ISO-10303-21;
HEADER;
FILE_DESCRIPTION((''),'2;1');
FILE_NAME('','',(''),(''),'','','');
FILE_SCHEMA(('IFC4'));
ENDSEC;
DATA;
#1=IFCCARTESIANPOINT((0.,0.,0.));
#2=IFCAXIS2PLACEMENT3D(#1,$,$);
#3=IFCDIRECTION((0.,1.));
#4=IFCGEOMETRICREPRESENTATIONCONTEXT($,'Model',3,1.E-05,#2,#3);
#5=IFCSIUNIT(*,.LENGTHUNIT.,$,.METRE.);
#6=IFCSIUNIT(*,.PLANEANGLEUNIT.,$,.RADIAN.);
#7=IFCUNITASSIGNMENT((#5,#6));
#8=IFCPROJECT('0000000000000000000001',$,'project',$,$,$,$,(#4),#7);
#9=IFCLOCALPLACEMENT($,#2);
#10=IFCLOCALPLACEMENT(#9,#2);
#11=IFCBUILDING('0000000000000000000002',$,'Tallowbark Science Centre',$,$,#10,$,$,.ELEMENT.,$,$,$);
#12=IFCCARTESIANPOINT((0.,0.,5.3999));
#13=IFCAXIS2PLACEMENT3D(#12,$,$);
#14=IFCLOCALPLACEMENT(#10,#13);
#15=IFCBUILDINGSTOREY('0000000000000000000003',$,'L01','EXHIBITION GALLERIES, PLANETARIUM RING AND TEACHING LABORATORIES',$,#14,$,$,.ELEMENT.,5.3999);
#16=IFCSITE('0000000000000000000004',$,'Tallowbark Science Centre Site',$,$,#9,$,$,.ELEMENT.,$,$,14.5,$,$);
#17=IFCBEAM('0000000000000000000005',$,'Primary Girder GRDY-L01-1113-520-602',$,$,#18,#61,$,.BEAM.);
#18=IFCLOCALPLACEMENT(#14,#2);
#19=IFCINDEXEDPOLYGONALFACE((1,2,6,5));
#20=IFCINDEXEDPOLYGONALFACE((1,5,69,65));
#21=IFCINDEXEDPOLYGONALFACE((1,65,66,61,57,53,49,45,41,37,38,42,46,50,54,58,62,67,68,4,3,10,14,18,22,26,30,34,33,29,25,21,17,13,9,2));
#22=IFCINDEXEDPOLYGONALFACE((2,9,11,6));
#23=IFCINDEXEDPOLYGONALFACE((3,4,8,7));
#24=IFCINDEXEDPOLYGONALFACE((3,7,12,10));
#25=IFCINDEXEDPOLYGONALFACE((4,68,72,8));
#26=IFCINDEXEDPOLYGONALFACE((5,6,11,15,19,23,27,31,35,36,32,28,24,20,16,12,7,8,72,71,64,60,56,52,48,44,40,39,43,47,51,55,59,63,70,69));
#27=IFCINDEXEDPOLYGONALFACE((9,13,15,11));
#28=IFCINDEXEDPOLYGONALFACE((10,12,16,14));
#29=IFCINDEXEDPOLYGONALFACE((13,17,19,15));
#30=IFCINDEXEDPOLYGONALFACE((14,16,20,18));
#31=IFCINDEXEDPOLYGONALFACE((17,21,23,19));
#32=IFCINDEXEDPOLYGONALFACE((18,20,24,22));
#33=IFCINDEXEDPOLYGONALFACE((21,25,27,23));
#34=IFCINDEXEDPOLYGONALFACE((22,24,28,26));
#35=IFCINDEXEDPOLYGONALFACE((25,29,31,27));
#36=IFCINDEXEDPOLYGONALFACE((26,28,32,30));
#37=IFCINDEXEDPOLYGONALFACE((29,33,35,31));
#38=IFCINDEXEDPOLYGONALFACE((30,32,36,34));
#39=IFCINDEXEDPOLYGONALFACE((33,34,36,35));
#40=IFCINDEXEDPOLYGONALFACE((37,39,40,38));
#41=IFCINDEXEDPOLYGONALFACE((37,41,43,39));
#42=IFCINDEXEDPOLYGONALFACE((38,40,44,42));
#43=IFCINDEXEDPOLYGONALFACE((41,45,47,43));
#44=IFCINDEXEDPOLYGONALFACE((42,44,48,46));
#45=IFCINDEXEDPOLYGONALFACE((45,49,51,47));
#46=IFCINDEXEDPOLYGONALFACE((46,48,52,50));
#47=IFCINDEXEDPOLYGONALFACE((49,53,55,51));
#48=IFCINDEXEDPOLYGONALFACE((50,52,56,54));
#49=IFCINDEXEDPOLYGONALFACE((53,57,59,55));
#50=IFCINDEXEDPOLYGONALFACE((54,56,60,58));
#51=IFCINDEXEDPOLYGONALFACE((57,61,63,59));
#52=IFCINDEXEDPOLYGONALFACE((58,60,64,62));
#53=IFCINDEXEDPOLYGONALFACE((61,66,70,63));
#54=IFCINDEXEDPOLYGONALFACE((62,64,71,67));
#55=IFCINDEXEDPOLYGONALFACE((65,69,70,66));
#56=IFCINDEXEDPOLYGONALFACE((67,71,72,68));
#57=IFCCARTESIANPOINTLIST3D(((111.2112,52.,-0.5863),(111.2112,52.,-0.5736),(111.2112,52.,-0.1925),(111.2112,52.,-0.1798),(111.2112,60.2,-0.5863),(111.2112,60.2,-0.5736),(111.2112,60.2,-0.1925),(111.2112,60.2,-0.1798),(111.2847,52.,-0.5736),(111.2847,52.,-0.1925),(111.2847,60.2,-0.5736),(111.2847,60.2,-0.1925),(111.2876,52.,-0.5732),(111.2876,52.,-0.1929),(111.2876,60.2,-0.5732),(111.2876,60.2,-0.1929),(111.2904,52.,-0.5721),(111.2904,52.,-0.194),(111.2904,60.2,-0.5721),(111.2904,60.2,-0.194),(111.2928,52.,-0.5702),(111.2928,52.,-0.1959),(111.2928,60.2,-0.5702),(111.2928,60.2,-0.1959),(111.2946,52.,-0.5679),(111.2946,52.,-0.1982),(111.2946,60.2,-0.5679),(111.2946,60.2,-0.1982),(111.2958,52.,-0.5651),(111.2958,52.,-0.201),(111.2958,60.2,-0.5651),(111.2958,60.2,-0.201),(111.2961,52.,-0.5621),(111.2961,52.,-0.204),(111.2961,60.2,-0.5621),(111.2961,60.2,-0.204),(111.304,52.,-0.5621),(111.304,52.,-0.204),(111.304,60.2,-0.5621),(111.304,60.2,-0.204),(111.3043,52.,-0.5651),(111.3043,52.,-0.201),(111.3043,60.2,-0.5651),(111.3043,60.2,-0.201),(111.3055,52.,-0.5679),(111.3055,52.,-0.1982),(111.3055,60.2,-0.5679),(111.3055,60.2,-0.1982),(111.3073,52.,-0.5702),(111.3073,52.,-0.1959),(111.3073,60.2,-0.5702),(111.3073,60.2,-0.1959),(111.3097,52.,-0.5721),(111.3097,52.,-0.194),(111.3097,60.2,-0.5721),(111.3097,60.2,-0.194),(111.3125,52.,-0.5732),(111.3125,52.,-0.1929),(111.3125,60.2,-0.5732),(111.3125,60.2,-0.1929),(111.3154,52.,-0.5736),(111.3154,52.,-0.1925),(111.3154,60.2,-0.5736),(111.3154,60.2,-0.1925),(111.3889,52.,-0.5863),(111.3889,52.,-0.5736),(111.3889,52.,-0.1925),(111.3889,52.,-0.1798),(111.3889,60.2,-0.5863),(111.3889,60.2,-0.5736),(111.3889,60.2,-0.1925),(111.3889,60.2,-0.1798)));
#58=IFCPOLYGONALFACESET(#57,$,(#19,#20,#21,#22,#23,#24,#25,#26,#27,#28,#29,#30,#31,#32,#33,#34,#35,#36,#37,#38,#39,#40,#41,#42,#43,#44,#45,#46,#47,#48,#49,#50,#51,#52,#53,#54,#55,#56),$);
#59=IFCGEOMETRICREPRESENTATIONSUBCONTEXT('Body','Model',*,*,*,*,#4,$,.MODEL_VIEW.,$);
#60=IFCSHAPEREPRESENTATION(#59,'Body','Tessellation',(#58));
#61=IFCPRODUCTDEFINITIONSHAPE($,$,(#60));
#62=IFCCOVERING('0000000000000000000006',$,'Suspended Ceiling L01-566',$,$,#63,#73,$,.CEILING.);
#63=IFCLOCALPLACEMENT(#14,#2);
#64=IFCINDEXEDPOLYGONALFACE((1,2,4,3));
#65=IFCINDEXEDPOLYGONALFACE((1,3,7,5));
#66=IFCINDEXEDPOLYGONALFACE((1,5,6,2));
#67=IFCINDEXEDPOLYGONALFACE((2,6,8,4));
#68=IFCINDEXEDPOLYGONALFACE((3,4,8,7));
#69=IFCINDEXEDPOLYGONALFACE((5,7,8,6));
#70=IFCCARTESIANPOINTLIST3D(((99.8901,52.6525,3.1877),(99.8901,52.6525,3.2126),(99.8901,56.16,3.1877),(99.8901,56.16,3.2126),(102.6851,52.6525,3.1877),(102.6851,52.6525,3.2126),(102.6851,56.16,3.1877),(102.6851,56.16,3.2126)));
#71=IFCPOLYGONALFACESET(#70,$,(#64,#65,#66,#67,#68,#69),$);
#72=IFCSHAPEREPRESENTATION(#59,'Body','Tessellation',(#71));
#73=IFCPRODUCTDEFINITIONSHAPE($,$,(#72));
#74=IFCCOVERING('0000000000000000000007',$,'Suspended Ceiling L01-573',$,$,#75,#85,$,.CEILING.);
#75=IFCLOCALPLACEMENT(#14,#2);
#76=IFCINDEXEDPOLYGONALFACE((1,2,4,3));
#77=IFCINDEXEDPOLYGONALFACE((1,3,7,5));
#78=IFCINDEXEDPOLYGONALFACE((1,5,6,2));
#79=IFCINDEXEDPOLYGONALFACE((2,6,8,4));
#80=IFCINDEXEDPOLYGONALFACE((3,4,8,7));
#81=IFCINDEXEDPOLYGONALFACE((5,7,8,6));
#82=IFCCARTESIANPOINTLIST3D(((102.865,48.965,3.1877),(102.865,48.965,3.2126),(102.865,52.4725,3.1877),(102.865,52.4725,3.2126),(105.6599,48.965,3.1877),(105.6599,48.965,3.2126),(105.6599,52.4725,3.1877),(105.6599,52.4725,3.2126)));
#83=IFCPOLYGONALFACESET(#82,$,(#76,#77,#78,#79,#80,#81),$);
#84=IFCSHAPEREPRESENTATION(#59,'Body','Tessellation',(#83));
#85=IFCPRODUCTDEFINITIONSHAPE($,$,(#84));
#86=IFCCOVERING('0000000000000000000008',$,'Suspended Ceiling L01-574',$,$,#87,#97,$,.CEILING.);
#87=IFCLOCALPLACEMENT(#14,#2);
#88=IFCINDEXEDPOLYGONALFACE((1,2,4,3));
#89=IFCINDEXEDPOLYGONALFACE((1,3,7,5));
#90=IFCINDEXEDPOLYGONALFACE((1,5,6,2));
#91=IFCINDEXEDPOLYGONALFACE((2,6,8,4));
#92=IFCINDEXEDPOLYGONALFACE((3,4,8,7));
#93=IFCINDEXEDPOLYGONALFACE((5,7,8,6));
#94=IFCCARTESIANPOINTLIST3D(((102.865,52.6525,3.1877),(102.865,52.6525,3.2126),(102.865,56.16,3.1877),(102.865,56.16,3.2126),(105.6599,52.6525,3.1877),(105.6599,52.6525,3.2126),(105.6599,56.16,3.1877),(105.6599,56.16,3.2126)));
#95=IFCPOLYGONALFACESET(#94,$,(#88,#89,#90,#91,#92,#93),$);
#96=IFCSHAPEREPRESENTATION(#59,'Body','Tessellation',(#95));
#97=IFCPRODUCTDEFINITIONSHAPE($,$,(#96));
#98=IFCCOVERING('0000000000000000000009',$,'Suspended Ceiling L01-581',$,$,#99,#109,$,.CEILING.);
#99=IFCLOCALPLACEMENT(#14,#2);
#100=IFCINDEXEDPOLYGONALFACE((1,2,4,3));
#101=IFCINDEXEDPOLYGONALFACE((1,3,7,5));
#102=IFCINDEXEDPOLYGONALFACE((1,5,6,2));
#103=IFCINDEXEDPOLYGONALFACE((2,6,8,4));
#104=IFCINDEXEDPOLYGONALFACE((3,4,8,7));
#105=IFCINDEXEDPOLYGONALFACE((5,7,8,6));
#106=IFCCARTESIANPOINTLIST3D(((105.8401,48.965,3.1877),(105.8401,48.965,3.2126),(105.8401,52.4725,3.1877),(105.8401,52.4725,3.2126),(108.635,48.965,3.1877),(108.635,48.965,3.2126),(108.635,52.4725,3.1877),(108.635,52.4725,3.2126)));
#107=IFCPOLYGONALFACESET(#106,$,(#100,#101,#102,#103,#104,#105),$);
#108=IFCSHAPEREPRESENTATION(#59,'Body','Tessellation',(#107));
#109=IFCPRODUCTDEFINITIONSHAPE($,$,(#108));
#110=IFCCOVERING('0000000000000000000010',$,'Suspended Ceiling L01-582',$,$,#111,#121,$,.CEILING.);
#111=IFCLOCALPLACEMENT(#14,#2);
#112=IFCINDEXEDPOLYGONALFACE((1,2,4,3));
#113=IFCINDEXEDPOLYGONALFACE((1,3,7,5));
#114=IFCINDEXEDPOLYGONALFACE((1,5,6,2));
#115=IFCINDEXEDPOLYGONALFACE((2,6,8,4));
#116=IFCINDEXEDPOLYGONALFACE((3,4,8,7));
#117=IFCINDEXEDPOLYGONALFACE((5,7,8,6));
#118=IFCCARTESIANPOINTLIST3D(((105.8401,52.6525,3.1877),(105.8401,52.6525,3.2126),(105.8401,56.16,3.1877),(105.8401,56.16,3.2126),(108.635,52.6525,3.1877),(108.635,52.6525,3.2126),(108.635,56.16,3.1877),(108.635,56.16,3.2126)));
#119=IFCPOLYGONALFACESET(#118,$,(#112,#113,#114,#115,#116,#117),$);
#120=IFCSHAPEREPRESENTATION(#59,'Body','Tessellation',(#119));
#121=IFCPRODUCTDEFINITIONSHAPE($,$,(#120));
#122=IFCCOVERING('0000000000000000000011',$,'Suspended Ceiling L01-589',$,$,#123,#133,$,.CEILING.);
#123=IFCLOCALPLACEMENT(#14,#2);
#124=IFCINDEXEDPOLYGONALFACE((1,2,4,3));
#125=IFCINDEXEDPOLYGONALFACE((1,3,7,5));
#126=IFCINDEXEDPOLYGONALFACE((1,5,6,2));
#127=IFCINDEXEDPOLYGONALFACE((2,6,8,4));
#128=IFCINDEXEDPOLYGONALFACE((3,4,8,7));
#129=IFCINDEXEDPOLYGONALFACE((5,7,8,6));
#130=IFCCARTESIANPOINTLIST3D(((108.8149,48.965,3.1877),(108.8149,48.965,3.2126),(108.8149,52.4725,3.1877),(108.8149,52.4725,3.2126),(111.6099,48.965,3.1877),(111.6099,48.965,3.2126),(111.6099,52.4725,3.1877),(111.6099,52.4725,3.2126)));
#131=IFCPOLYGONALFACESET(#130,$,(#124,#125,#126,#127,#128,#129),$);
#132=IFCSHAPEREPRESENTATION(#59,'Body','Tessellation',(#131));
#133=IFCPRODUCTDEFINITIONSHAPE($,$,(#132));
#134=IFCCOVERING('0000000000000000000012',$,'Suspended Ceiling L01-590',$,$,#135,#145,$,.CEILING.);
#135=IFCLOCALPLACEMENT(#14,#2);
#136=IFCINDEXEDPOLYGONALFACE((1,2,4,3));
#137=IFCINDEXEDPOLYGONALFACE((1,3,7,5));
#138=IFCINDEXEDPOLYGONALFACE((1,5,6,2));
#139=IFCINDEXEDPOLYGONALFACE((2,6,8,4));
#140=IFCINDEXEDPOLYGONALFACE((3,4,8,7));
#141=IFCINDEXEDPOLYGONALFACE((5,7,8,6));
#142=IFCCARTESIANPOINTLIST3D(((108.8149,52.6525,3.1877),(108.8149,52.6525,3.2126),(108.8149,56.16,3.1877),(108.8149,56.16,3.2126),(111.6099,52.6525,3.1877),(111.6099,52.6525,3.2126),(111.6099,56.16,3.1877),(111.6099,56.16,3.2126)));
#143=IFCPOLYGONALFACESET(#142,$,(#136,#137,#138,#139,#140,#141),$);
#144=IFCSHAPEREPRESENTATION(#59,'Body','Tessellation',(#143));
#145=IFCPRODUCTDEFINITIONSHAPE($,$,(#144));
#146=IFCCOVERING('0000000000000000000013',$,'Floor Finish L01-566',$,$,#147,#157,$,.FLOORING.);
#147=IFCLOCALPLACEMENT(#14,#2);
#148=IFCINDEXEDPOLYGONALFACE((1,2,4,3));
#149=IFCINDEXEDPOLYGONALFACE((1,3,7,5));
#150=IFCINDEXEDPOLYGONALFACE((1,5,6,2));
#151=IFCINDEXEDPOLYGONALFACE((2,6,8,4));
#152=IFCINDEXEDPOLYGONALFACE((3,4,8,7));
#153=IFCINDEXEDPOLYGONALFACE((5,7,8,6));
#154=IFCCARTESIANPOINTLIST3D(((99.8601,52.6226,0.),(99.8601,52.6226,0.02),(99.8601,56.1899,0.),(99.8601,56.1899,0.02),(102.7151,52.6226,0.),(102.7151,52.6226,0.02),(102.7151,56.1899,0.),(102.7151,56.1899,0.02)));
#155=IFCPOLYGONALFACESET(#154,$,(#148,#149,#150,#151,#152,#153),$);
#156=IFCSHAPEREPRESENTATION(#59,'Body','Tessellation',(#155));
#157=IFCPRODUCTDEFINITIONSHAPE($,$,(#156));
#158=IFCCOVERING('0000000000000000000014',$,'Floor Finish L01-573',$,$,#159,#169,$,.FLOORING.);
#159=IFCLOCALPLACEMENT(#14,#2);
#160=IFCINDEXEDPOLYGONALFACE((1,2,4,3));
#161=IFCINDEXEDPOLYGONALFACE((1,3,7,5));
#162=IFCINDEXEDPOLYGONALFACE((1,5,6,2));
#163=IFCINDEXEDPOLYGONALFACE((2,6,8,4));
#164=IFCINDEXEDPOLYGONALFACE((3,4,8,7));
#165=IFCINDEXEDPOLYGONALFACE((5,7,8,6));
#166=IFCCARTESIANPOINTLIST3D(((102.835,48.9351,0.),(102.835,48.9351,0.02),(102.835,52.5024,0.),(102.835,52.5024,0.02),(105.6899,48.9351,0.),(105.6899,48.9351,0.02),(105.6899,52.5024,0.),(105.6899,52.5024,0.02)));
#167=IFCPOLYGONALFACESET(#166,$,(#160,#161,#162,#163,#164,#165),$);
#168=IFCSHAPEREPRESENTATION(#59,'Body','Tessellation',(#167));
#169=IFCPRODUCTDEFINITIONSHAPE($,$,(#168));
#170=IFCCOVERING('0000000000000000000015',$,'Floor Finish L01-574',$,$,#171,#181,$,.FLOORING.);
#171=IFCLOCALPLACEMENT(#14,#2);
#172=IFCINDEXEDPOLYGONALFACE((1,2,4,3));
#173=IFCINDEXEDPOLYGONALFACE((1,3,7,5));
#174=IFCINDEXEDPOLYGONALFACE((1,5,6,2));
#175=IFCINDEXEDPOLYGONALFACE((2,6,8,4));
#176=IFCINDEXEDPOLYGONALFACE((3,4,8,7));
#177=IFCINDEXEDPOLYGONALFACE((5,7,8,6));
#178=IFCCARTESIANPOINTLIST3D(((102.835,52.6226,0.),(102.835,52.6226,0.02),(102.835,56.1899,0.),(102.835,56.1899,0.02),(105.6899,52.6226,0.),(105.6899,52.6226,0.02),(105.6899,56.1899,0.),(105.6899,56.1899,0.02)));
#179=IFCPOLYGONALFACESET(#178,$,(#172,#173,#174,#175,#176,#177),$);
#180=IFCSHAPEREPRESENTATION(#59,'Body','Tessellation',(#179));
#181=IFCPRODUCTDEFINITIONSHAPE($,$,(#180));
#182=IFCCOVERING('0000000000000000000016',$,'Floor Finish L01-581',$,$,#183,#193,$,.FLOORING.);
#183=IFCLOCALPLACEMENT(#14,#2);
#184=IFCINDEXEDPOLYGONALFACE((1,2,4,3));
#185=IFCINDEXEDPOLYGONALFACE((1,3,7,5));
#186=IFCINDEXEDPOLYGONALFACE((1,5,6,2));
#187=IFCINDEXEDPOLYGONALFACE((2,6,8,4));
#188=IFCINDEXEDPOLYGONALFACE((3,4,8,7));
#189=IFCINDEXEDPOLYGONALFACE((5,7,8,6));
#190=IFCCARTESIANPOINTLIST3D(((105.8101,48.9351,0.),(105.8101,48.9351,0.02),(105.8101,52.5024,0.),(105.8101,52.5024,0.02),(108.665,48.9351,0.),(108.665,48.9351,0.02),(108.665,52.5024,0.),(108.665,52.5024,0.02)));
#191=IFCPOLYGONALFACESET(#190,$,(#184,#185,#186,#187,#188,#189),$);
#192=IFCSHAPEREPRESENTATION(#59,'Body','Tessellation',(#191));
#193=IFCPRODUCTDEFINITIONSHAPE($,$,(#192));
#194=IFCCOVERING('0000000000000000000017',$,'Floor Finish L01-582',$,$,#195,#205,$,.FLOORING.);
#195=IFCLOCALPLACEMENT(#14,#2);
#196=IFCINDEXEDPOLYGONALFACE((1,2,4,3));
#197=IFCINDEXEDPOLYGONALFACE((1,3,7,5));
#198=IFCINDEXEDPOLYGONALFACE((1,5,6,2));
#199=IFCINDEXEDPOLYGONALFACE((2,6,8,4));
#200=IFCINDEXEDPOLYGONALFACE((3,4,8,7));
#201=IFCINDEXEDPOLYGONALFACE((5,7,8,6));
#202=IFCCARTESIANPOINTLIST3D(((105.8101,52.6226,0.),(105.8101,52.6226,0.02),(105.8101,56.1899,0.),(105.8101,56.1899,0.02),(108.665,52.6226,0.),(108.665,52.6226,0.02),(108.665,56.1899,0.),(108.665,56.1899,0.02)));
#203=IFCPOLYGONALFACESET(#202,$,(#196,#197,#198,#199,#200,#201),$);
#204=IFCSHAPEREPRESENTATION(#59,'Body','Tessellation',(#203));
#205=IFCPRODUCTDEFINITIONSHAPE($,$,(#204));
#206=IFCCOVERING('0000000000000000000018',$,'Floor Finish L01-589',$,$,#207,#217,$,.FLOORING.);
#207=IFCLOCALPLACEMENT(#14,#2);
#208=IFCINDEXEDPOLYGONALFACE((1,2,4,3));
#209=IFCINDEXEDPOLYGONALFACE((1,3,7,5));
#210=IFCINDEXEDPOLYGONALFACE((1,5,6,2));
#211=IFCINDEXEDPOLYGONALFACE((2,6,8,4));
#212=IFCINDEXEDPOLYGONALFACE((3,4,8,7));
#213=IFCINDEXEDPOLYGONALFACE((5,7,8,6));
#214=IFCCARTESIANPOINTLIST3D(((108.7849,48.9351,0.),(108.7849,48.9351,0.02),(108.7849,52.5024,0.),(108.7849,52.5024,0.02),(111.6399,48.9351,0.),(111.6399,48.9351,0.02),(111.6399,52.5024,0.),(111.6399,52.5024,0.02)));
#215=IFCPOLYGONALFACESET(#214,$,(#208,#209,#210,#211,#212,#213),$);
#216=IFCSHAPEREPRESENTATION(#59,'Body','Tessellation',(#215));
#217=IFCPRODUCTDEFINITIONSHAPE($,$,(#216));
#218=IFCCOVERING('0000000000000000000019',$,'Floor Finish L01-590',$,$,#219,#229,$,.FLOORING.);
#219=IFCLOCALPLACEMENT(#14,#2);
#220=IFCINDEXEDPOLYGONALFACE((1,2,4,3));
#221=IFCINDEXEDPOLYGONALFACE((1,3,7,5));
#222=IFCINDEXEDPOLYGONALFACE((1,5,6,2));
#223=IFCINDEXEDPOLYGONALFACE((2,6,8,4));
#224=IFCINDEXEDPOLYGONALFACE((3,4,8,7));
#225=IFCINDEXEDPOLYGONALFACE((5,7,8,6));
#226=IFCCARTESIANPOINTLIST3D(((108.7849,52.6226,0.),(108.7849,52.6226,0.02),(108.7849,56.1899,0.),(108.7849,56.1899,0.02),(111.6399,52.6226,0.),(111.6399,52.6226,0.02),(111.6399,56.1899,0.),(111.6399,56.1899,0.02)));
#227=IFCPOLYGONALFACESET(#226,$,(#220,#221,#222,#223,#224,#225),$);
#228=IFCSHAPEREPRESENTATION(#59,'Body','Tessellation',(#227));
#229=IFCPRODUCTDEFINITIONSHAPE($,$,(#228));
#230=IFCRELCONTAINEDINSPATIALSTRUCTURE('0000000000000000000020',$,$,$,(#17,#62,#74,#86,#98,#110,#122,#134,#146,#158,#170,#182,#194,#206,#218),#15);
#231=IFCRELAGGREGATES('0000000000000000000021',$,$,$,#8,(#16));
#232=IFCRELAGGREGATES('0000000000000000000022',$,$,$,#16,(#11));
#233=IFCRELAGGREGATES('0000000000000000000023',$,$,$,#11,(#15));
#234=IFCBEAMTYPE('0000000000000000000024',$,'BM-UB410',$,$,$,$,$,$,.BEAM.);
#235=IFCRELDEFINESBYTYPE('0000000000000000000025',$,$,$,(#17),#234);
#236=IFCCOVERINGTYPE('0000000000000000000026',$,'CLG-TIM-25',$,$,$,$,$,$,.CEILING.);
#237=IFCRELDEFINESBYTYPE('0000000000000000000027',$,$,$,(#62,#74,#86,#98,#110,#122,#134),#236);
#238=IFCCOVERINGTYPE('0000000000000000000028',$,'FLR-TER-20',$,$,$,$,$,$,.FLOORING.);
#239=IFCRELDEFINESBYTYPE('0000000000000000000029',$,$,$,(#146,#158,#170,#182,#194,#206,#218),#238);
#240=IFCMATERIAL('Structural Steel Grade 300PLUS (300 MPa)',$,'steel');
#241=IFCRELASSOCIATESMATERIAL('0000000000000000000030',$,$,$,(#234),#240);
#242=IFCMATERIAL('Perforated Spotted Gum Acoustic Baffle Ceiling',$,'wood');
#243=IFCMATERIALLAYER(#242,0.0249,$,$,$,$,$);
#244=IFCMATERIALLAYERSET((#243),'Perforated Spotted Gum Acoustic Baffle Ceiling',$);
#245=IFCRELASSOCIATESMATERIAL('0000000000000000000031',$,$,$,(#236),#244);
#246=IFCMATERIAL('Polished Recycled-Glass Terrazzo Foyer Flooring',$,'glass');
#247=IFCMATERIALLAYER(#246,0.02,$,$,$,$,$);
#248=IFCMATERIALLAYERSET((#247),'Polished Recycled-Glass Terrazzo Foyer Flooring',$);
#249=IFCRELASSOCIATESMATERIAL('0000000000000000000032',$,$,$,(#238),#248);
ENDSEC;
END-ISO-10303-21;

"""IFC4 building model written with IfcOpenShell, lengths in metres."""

from ifc_helpers import new_model, si_unit, direction, frame, origin, origin_2d, place, context, subcontext, project, spatial, rectangle, i_section, extrude, material, layer, layer_set, material_profile, profile_set, type_object, element, save


model = new_model("IFC4")

# Units and contexts
model_context = context("Model", 3, precision=1e-05, world=origin(), true_north=direction((0.0, 1.0)))
body_context = subcontext(model_context, "Body", "Model", "MODEL_VIEW")
ifc_project = project(units=[si_unit("LENGTHUNIT", "METRE"), si_unit("PLANEANGLEUNIT", "RADIAN")], contexts=[model_context])

# Site, building, storey
site_placement = place(None, origin())
site = spatial("IfcSite", under=ifc_project, at=site_placement, Name="Tallowbark Science Centre Site", CompositionType="ELEMENT", RefElevation=14.5)
building_placement = place(site_placement, origin())
building = spatial("IfcBuilding", under=site, at=building_placement, Name="Tallowbark Science Centre", CompositionType="ELEMENT")
storey_placement = place(building_placement, frame((0.0, 0.0, 5.3999)))
storey = spatial("IfcBuildingStorey", under=building, at=storey_placement, Name="L01", Description="EXHIBITION GALLERIES, PLANETARIUM RING AND TEACHING LABORATORIES", CompositionType="ELEMENT", Elevation=5.3999)

# Shared definitions
ifc_material_1 = material(Name="Structural Steel Grade 300PLUS (300 MPa)", Category="steel")

# Beam
ifc_material_profile_1 = material_profile(ifc_material_1, i_section(OverallWidth=0.1777, OverallDepth=0.4065, WebThickness=0.0078, FlangeThickness=0.0127, FilletRadius=0.0115, at=origin_2d()), Name="410UB59.7")
ifc_profile_set_1 = profile_set([ifc_material_profile_1], Name="Structural Steel Grade 300PLUS (300 MPa)")
beam_type = type_object("IfcBeamType", Name="BM-UB410", PredefinedType="BEAM", material=ifc_profile_set_1)
for number, where, z_axis, x_axis, name in (
    (1, (111.3, 52.0, -0.3831), (0.0, 1.0, 0.0), (-1.0, 0.0, 0.0), "Primary Girder GRDY-L01-1113-520-602"),
):
    element("IfcBeam", number, at=place(storey_placement, frame(where, z_axis=z_axis, x_axis=x_axis)), inside=storey, type_object=beam_type, Name=name, PredefinedType="BEAM", context=body_context, shape_type="SweptSolid", body=[
        extrude(i_section(OverallWidth=0.1777, OverallDepth=0.4065, WebThickness=0.0078, FlangeThickness=0.0127, FilletRadius=0.0115, at=origin_2d()), origin(), (0.0, 0.0, 1.0), 8.2),
    ])

# Coverings
ifc_material_2 = material(Name="Perforated Spotted Gum Acoustic Baffle Ceiling", Category="wood")
ifc_layer_1 = layer(ifc_material_2, 0.0249)
ifc_layer_set_1 = layer_set([ifc_layer_1], Name="Perforated Spotted Gum Acoustic Baffle Ceiling")
covering_type_1 = type_object("IfcCoveringType", Name="CLG-TIM-25", PredefinedType="CEILING", material=ifc_layer_set_1)
for number, where, z_axis, x_axis, name in (
    (2, (101.2876, 54.4062, 3.1877), (0.0, 0.0, 1.0), (1.0, 0.0, 0.0), "Suspended Ceiling L01-566"),
    (3, (104.2625, 50.7188, 3.1877), (0.0, 0.0, 1.0), (1.0, 0.0, 0.0), "Suspended Ceiling L01-573"),
    (4, (104.2625, 54.4062, 3.1877), (0.0, 0.0, 1.0), (1.0, 0.0, 0.0), "Suspended Ceiling L01-574"),
    (5, (107.2375, 50.7188, 3.1877), (0.0, 0.0, 1.0), (1.0, 0.0, 0.0), "Suspended Ceiling L01-581"),
    (6, (107.2375, 54.4062, 3.1877), (0.0, 0.0, 1.0), (1.0, 0.0, 0.0), "Suspended Ceiling L01-582"),
    (7, (110.2124, 50.7188, 3.1877), (0.0, 0.0, 1.0), (1.0, 0.0, 0.0), "Suspended Ceiling L01-589"),
    (8, (110.2124, 54.4062, 3.1877), (0.0, 0.0, 1.0), (1.0, 0.0, 0.0), "Suspended Ceiling L01-590"),
):
    element("IfcCovering", number, at=place(storey_placement, frame(where, z_axis=z_axis, x_axis=x_axis)), inside=storey, type_object=covering_type_1, Name=name, PredefinedType="CEILING", context=body_context, shape_type="SweptSolid", body=[
        extrude(rectangle(XDim=2.7949, YDim=3.5076, at=origin_2d()), origin(), (0.0, 0.0, 1.0), 0.0249),
    ])
ifc_material_3 = material(Name="Polished Recycled-Glass Terrazzo Foyer Flooring", Category="glass")
ifc_layer_2 = layer(ifc_material_3, 0.02)
ifc_layer_set_2 = layer_set([ifc_layer_2], Name="Polished Recycled-Glass Terrazzo Foyer Flooring")
covering_type_2 = type_object("IfcCoveringType", Name="FLR-TER-20", PredefinedType="FLOORING", material=ifc_layer_set_2)
for number, where, z_axis, x_axis, name in (
    (9, (101.2876, 54.4062, 0.0), (0.0, 0.0, 1.0), (1.0, 0.0, 0.0), "Floor Finish L01-566"),
    (10, (104.2625, 50.7188, 0.0), (0.0, 0.0, 1.0), (1.0, 0.0, 0.0), "Floor Finish L01-573"),
    (11, (104.2625, 54.4062, 0.0), (0.0, 0.0, 1.0), (1.0, 0.0, 0.0), "Floor Finish L01-574"),
    (12, (107.2375, 50.7188, 0.0), (0.0, 0.0, 1.0), (1.0, 0.0, 0.0), "Floor Finish L01-581"),
    (13, (107.2375, 54.4062, 0.0), (0.0, 0.0, 1.0), (1.0, 0.0, 0.0), "Floor Finish L01-582"),
    (14, (110.2124, 50.7188, 0.0), (0.0, 0.0, 1.0), (1.0, 0.0, 0.0), "Floor Finish L01-589"),
    (15, (110.2124, 54.4062, 0.0), (0.0, 0.0, 1.0), (1.0, 0.0, 0.0), "Floor Finish L01-590"),
):
    element("IfcCovering", number, at=place(storey_placement, frame(where, z_axis=z_axis, x_axis=x_axis)), inside=storey, type_object=covering_type_2, Name=name, PredefinedType="FLOORING", context=body_context, shape_type="SweptSolid", body=[
        extrude(rectangle(XDim=2.855, YDim=3.5674, at=origin_2d()), origin(), (0.0, 0.0, 1.0), 0.02),
    ])

save(model, "model.ifc")
